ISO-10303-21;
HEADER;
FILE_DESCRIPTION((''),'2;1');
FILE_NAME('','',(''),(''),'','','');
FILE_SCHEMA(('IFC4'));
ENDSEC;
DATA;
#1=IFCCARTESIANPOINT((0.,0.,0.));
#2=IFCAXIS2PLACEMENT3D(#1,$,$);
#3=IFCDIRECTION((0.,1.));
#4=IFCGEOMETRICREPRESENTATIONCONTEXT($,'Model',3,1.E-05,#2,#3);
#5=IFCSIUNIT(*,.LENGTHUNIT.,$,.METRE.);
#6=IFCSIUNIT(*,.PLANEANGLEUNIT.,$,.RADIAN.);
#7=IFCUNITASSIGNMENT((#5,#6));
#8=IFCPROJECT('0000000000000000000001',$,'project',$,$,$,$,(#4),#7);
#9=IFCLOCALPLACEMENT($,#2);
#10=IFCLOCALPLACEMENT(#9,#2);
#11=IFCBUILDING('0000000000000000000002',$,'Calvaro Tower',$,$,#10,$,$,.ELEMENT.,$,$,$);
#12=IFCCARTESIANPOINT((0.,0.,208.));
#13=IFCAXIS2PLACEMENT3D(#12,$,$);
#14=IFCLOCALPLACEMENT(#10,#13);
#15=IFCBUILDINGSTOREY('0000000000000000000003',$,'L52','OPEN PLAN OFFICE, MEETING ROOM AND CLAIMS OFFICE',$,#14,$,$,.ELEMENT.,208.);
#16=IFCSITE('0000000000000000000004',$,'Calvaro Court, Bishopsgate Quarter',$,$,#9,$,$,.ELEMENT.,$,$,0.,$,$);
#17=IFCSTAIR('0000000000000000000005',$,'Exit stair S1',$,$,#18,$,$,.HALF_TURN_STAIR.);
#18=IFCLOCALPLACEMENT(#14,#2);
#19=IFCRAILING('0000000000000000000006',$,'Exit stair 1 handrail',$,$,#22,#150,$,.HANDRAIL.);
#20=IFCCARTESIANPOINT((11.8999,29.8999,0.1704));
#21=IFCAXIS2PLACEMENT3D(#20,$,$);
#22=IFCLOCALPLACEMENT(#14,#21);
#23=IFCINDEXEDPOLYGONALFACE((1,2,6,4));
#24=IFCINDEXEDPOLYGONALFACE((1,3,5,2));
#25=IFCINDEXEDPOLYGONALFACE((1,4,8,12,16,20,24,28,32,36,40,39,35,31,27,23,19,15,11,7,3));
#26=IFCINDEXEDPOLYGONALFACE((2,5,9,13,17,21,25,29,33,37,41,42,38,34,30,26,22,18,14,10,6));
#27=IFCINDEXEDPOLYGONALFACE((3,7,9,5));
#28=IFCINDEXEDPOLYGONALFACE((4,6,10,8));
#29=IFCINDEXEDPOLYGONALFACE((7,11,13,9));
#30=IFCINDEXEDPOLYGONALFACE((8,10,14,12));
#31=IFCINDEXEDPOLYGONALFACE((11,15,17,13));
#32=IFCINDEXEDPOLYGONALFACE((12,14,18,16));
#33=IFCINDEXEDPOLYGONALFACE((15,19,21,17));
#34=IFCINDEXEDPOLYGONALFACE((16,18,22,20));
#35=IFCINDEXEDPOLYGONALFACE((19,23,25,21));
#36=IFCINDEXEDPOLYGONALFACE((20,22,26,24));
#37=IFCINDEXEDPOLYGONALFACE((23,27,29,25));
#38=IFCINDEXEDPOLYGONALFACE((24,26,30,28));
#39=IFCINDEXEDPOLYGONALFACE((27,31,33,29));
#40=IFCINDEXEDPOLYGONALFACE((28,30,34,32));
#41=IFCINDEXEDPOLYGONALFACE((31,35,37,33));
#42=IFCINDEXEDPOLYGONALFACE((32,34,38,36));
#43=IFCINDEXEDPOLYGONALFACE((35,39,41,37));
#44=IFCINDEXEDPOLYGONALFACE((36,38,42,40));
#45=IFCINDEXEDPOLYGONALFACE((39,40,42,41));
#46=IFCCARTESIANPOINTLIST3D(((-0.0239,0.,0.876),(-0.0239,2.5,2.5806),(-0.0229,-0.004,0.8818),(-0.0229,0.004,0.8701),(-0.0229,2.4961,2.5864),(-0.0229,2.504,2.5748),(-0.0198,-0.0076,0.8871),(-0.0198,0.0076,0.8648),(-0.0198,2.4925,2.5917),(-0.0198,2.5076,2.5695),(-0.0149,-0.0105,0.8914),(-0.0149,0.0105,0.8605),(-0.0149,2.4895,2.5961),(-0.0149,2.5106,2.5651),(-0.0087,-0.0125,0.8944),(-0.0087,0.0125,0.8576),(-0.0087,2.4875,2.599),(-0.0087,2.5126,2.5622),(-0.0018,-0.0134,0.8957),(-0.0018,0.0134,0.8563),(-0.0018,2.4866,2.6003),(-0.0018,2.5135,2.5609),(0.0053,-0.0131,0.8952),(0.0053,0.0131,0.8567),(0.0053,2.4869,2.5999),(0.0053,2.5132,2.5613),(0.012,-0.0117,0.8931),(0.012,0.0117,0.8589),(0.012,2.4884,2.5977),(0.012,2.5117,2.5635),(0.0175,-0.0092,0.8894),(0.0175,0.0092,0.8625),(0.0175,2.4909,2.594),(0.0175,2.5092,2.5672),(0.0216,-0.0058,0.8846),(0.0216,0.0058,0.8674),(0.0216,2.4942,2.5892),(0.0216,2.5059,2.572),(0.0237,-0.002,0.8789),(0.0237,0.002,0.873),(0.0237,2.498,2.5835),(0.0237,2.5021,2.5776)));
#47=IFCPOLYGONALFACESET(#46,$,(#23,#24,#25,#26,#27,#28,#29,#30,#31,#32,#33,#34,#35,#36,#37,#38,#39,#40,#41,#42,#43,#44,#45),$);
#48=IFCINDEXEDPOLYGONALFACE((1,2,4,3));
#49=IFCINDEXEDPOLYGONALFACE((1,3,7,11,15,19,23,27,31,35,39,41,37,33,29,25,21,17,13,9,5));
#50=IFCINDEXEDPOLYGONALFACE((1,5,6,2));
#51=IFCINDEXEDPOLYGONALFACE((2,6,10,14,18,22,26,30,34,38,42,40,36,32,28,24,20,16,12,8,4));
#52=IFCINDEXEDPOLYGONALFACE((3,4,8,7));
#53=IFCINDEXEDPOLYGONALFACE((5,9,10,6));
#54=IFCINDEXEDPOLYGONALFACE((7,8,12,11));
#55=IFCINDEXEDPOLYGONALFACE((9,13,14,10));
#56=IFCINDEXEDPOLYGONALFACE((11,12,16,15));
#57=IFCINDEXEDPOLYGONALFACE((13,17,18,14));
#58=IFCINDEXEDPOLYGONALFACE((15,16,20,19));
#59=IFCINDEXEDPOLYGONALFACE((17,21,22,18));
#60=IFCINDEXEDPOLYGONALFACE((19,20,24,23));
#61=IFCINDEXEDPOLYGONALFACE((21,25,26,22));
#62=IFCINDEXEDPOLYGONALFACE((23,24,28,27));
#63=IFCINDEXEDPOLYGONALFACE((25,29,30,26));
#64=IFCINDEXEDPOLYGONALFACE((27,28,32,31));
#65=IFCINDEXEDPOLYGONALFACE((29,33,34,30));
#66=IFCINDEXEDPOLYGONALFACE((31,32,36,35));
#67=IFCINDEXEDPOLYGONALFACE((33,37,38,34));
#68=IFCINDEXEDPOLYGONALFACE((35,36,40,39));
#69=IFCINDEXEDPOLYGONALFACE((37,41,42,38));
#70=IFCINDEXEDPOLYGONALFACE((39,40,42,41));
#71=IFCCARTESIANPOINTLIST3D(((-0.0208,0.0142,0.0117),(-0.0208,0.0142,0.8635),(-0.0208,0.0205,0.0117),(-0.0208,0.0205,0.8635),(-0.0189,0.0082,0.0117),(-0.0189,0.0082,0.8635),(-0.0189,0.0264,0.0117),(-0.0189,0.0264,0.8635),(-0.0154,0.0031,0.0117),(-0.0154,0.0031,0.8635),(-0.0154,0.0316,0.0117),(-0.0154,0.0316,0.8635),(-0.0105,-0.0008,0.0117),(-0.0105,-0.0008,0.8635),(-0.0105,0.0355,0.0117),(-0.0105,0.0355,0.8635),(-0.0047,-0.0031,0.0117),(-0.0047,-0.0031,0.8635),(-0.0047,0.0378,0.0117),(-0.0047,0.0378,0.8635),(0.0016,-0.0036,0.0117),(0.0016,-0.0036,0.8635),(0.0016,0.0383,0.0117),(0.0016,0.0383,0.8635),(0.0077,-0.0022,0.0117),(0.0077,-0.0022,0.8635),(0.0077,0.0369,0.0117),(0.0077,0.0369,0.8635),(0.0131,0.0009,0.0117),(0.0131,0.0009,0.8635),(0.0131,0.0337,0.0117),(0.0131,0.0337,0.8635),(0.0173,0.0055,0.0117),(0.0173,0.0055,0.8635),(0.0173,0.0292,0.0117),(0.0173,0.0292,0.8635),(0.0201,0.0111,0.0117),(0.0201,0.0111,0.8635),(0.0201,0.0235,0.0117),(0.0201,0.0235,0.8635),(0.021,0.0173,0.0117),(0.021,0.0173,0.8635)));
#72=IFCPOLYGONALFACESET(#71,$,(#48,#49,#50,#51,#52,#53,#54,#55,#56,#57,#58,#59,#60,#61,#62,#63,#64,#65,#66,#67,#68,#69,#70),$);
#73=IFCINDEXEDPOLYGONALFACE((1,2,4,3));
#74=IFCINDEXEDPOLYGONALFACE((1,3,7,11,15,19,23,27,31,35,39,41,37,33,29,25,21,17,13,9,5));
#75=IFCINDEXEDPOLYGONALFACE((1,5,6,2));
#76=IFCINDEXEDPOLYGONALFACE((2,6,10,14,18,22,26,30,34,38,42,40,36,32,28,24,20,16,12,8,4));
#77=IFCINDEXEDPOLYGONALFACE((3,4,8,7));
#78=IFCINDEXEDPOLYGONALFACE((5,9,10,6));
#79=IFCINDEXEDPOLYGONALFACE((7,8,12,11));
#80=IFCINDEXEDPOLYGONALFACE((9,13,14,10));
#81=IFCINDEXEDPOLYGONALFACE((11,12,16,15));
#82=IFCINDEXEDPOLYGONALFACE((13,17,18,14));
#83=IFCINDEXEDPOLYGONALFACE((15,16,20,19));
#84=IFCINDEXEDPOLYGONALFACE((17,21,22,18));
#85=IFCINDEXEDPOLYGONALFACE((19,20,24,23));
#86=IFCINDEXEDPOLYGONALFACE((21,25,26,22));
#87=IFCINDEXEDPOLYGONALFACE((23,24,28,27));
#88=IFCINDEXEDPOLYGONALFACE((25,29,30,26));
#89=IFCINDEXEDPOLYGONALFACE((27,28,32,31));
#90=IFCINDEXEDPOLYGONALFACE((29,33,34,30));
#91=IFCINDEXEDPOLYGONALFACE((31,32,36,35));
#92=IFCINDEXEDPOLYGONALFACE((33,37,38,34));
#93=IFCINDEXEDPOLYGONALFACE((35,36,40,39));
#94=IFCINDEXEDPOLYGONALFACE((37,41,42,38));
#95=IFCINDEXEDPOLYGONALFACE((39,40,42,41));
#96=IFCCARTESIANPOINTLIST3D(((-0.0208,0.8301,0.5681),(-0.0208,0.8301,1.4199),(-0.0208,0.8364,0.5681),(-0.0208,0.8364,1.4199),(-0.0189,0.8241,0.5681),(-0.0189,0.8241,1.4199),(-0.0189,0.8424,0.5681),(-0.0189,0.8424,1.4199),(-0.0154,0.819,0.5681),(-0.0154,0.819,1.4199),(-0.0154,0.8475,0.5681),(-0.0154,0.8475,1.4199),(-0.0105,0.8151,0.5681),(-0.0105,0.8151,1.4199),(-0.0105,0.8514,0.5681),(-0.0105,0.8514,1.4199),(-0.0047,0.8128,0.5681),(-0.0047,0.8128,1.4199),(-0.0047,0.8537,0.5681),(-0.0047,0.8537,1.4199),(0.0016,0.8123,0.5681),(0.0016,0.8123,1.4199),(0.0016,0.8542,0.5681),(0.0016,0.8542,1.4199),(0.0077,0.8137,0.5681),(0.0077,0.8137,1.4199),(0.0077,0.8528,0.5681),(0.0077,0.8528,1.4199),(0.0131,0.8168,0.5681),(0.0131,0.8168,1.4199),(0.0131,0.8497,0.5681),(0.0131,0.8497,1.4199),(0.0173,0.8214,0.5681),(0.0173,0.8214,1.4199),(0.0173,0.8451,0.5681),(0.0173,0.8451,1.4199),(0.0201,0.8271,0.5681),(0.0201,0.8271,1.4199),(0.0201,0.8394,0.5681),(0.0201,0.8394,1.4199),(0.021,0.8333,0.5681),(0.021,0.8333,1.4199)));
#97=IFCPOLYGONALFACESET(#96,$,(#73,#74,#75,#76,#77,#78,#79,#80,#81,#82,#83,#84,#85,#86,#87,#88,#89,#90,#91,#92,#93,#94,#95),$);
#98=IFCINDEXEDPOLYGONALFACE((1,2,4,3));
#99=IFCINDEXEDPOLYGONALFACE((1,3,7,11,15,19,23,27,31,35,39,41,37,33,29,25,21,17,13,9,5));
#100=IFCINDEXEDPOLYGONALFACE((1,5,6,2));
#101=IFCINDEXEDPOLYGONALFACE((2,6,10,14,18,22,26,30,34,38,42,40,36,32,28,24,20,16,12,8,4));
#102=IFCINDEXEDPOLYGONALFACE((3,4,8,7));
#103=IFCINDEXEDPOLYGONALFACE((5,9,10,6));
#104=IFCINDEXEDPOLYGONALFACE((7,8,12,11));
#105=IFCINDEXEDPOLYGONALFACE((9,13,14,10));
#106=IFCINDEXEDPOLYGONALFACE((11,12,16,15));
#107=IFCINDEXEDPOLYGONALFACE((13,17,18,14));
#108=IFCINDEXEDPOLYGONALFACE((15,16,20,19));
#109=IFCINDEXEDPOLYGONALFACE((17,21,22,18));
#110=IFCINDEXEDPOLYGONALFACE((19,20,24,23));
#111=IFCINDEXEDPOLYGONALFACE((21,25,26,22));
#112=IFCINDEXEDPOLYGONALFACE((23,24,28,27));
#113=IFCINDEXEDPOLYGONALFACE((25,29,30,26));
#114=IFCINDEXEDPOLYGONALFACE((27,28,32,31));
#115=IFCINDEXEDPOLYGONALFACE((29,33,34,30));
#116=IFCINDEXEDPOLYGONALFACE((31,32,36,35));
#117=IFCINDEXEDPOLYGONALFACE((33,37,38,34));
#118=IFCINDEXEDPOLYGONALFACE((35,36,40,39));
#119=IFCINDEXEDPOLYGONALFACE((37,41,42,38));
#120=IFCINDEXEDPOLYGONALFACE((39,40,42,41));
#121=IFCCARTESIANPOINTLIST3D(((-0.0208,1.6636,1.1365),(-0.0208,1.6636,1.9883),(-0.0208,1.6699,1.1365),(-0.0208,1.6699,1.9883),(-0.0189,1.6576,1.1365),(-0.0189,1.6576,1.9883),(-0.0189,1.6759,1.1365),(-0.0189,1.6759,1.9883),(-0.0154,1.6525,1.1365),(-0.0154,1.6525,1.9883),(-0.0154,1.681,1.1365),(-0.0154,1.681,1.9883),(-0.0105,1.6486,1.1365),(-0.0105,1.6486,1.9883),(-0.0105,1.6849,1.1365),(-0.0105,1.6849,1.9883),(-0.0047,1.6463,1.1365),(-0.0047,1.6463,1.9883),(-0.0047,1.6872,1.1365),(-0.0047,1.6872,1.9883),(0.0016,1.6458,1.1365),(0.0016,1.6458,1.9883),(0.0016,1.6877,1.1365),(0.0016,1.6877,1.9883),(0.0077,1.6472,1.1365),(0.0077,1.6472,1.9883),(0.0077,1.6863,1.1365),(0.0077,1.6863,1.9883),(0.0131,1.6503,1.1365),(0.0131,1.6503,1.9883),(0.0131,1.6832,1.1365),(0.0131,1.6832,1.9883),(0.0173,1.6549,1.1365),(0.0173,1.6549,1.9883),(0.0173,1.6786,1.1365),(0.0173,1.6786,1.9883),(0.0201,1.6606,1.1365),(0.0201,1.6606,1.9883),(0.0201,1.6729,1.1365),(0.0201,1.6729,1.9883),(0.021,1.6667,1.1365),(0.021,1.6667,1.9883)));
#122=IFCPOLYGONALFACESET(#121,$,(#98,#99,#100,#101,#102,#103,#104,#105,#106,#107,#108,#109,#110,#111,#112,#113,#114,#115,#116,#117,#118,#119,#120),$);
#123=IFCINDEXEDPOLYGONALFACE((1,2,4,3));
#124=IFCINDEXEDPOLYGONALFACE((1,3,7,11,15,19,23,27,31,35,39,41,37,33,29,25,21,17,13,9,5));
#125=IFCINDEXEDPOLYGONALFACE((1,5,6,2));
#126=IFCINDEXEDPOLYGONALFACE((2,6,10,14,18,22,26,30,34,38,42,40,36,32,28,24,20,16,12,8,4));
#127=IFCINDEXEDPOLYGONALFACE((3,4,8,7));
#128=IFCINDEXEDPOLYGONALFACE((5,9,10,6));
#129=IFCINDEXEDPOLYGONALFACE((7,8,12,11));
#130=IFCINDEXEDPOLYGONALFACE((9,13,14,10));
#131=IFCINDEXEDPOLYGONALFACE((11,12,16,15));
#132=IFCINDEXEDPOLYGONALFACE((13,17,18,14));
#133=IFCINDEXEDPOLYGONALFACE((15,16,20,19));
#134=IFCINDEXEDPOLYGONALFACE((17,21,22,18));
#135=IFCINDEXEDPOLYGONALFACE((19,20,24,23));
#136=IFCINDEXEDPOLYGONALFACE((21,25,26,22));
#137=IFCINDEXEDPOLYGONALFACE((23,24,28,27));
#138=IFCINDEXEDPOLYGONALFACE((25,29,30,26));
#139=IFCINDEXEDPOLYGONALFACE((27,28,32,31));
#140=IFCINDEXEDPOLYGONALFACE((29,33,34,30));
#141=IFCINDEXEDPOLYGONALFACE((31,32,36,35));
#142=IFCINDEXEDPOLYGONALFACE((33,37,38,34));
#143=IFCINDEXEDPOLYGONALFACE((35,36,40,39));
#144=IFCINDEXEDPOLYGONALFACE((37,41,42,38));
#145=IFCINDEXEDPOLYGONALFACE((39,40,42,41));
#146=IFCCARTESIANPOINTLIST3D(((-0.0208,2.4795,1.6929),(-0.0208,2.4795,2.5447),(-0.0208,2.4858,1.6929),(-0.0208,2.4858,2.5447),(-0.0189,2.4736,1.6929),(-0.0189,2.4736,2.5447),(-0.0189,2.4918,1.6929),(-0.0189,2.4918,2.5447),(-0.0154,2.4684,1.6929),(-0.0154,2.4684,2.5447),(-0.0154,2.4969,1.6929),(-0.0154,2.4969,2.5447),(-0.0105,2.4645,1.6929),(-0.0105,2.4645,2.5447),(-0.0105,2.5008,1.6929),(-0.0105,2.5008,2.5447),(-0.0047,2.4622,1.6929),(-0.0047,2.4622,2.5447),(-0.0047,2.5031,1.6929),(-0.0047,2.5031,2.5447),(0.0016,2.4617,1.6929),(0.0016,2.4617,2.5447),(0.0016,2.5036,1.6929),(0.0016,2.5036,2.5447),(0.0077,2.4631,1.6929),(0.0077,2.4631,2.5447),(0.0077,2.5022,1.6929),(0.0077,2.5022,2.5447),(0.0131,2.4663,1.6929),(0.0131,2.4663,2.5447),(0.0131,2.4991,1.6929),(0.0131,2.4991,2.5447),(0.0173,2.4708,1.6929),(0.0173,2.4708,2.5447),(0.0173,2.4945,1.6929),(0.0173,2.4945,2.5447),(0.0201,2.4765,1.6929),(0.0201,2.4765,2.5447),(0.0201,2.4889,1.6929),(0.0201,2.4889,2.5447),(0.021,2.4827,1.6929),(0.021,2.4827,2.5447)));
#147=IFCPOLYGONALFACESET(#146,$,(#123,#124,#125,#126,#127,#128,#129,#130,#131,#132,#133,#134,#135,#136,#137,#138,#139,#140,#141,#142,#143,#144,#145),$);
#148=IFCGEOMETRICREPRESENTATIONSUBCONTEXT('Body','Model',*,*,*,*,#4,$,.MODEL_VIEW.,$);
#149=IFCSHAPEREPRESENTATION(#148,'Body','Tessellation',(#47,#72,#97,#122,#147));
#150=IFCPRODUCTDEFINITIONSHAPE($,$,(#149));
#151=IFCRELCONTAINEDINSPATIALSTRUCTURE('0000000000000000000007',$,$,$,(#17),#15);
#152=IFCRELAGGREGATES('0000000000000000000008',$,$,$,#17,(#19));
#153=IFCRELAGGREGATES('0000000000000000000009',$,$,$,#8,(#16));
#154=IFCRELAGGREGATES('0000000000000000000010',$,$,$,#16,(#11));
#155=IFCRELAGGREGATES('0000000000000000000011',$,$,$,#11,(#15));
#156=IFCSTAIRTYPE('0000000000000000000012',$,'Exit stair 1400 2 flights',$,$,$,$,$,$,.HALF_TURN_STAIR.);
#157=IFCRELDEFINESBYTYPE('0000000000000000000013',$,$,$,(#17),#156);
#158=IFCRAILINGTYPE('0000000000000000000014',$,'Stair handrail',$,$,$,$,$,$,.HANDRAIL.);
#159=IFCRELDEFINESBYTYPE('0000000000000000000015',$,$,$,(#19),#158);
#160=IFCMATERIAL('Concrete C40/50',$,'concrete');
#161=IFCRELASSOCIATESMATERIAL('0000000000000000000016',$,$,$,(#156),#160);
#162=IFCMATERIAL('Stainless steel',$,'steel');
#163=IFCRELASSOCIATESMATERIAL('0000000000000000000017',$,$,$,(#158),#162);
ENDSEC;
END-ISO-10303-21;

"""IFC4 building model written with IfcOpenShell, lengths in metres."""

from ifc_helpers import new_model, si_unit, direction, frame, origin, origin_2d, place, context, subcontext, project, spatial, circle, extrude, material, type_object, element, aggregate, save


model = new_model("IFC4")

# Units and contexts
model_context = context("Model", 3, precision=1e-05, world=origin(), true_north=direction((0.0, 1.0)))
body_context = subcontext(model_context, "Body", "Model", "MODEL_VIEW")
ifc_project = project(units=[si_unit("LENGTHUNIT", "METRE"), si_unit("PLANEANGLEUNIT", "RADIAN")], contexts=[model_context])

# Site, building, storey
site_placement = place(None, origin())
site = spatial("IfcSite", under=ifc_project, at=site_placement, Name="Calvaro Court, Bishopsgate Quarter", CompositionType="ELEMENT", RefElevation=0.0)
building_placement = place(site_placement, origin())
building = spatial("IfcBuilding", under=site, at=building_placement, Name="Calvaro Tower", CompositionType="ELEMENT")
storey_placement = place(building_placement, frame((0.0, 0.0, 208.0)))
storey = spatial("IfcBuildingStorey", under=building, at=storey_placement, Name="L52", Description="OPEN PLAN OFFICE, MEETING ROOM AND CLAIMS OFFICE", CompositionType="ELEMENT", Elevation=208.0)

# Stair, railing
ifc_material_1 = material(Name="Concrete C40/50", Category="concrete")
stair_type = type_object("IfcStairType", Name="Exit stair 1400 2 flights", PredefinedType="HALF_TURN_STAIR", material=ifc_material_1)
stair_placement = place(storey_placement, origin())
stair = element("IfcStair", 1, at=stair_placement, inside=storey, type_object=stair_type, Name="Exit stair S1", PredefinedType="HALF_TURN_STAIR")
ifc_material_2 = material(Name="Stainless steel", Category="steel")
railing_type = type_object("IfcRailingType", Name="Stair handrail", PredefinedType="HANDRAIL", material=ifc_material_2)
railing_1_placement = place(storey_placement, frame((11.8999, 29.8999, 0.1704)))
railing_1 = element("IfcRailing", 2, at=railing_1_placement, type_object=railing_type, Name="Exit stair 1 handrail", PredefinedType="HANDRAIL", context=body_context, shape_type="SweptSolid", body=[
    extrude(circle(Radius=0.0239, at=origin_2d()), frame((0.0, 0.0, 0.876), z_axis=(0.0, 0.826221, 0.563347), x_axis=(-1.0, 0.0, 0.0)), (0.0, 0.0, 1.0), 3.0259),
    extrude(circle(Radius=0.021, at=origin_2d()), frame((0.0, 0.0173, 0.0117)), (0.0, 0.0, 1.0), 0.8518),
    extrude(circle(Radius=0.021, at=origin_2d()), frame((0.0, 0.8333, 0.5681)), (0.0, 0.0, 1.0), 0.8518),
    extrude(circle(Radius=0.021, at=origin_2d()), frame((0.0, 1.6667, 1.1365)), (0.0, 0.0, 1.0), 0.8518),
    extrude(circle(Radius=0.021, at=origin_2d()), frame((0.0, 2.4827, 1.6929)), (0.0, 0.0, 1.0), 0.8518),
])
aggregate(stair, [railing_1])

save(model, "model.ifc")
